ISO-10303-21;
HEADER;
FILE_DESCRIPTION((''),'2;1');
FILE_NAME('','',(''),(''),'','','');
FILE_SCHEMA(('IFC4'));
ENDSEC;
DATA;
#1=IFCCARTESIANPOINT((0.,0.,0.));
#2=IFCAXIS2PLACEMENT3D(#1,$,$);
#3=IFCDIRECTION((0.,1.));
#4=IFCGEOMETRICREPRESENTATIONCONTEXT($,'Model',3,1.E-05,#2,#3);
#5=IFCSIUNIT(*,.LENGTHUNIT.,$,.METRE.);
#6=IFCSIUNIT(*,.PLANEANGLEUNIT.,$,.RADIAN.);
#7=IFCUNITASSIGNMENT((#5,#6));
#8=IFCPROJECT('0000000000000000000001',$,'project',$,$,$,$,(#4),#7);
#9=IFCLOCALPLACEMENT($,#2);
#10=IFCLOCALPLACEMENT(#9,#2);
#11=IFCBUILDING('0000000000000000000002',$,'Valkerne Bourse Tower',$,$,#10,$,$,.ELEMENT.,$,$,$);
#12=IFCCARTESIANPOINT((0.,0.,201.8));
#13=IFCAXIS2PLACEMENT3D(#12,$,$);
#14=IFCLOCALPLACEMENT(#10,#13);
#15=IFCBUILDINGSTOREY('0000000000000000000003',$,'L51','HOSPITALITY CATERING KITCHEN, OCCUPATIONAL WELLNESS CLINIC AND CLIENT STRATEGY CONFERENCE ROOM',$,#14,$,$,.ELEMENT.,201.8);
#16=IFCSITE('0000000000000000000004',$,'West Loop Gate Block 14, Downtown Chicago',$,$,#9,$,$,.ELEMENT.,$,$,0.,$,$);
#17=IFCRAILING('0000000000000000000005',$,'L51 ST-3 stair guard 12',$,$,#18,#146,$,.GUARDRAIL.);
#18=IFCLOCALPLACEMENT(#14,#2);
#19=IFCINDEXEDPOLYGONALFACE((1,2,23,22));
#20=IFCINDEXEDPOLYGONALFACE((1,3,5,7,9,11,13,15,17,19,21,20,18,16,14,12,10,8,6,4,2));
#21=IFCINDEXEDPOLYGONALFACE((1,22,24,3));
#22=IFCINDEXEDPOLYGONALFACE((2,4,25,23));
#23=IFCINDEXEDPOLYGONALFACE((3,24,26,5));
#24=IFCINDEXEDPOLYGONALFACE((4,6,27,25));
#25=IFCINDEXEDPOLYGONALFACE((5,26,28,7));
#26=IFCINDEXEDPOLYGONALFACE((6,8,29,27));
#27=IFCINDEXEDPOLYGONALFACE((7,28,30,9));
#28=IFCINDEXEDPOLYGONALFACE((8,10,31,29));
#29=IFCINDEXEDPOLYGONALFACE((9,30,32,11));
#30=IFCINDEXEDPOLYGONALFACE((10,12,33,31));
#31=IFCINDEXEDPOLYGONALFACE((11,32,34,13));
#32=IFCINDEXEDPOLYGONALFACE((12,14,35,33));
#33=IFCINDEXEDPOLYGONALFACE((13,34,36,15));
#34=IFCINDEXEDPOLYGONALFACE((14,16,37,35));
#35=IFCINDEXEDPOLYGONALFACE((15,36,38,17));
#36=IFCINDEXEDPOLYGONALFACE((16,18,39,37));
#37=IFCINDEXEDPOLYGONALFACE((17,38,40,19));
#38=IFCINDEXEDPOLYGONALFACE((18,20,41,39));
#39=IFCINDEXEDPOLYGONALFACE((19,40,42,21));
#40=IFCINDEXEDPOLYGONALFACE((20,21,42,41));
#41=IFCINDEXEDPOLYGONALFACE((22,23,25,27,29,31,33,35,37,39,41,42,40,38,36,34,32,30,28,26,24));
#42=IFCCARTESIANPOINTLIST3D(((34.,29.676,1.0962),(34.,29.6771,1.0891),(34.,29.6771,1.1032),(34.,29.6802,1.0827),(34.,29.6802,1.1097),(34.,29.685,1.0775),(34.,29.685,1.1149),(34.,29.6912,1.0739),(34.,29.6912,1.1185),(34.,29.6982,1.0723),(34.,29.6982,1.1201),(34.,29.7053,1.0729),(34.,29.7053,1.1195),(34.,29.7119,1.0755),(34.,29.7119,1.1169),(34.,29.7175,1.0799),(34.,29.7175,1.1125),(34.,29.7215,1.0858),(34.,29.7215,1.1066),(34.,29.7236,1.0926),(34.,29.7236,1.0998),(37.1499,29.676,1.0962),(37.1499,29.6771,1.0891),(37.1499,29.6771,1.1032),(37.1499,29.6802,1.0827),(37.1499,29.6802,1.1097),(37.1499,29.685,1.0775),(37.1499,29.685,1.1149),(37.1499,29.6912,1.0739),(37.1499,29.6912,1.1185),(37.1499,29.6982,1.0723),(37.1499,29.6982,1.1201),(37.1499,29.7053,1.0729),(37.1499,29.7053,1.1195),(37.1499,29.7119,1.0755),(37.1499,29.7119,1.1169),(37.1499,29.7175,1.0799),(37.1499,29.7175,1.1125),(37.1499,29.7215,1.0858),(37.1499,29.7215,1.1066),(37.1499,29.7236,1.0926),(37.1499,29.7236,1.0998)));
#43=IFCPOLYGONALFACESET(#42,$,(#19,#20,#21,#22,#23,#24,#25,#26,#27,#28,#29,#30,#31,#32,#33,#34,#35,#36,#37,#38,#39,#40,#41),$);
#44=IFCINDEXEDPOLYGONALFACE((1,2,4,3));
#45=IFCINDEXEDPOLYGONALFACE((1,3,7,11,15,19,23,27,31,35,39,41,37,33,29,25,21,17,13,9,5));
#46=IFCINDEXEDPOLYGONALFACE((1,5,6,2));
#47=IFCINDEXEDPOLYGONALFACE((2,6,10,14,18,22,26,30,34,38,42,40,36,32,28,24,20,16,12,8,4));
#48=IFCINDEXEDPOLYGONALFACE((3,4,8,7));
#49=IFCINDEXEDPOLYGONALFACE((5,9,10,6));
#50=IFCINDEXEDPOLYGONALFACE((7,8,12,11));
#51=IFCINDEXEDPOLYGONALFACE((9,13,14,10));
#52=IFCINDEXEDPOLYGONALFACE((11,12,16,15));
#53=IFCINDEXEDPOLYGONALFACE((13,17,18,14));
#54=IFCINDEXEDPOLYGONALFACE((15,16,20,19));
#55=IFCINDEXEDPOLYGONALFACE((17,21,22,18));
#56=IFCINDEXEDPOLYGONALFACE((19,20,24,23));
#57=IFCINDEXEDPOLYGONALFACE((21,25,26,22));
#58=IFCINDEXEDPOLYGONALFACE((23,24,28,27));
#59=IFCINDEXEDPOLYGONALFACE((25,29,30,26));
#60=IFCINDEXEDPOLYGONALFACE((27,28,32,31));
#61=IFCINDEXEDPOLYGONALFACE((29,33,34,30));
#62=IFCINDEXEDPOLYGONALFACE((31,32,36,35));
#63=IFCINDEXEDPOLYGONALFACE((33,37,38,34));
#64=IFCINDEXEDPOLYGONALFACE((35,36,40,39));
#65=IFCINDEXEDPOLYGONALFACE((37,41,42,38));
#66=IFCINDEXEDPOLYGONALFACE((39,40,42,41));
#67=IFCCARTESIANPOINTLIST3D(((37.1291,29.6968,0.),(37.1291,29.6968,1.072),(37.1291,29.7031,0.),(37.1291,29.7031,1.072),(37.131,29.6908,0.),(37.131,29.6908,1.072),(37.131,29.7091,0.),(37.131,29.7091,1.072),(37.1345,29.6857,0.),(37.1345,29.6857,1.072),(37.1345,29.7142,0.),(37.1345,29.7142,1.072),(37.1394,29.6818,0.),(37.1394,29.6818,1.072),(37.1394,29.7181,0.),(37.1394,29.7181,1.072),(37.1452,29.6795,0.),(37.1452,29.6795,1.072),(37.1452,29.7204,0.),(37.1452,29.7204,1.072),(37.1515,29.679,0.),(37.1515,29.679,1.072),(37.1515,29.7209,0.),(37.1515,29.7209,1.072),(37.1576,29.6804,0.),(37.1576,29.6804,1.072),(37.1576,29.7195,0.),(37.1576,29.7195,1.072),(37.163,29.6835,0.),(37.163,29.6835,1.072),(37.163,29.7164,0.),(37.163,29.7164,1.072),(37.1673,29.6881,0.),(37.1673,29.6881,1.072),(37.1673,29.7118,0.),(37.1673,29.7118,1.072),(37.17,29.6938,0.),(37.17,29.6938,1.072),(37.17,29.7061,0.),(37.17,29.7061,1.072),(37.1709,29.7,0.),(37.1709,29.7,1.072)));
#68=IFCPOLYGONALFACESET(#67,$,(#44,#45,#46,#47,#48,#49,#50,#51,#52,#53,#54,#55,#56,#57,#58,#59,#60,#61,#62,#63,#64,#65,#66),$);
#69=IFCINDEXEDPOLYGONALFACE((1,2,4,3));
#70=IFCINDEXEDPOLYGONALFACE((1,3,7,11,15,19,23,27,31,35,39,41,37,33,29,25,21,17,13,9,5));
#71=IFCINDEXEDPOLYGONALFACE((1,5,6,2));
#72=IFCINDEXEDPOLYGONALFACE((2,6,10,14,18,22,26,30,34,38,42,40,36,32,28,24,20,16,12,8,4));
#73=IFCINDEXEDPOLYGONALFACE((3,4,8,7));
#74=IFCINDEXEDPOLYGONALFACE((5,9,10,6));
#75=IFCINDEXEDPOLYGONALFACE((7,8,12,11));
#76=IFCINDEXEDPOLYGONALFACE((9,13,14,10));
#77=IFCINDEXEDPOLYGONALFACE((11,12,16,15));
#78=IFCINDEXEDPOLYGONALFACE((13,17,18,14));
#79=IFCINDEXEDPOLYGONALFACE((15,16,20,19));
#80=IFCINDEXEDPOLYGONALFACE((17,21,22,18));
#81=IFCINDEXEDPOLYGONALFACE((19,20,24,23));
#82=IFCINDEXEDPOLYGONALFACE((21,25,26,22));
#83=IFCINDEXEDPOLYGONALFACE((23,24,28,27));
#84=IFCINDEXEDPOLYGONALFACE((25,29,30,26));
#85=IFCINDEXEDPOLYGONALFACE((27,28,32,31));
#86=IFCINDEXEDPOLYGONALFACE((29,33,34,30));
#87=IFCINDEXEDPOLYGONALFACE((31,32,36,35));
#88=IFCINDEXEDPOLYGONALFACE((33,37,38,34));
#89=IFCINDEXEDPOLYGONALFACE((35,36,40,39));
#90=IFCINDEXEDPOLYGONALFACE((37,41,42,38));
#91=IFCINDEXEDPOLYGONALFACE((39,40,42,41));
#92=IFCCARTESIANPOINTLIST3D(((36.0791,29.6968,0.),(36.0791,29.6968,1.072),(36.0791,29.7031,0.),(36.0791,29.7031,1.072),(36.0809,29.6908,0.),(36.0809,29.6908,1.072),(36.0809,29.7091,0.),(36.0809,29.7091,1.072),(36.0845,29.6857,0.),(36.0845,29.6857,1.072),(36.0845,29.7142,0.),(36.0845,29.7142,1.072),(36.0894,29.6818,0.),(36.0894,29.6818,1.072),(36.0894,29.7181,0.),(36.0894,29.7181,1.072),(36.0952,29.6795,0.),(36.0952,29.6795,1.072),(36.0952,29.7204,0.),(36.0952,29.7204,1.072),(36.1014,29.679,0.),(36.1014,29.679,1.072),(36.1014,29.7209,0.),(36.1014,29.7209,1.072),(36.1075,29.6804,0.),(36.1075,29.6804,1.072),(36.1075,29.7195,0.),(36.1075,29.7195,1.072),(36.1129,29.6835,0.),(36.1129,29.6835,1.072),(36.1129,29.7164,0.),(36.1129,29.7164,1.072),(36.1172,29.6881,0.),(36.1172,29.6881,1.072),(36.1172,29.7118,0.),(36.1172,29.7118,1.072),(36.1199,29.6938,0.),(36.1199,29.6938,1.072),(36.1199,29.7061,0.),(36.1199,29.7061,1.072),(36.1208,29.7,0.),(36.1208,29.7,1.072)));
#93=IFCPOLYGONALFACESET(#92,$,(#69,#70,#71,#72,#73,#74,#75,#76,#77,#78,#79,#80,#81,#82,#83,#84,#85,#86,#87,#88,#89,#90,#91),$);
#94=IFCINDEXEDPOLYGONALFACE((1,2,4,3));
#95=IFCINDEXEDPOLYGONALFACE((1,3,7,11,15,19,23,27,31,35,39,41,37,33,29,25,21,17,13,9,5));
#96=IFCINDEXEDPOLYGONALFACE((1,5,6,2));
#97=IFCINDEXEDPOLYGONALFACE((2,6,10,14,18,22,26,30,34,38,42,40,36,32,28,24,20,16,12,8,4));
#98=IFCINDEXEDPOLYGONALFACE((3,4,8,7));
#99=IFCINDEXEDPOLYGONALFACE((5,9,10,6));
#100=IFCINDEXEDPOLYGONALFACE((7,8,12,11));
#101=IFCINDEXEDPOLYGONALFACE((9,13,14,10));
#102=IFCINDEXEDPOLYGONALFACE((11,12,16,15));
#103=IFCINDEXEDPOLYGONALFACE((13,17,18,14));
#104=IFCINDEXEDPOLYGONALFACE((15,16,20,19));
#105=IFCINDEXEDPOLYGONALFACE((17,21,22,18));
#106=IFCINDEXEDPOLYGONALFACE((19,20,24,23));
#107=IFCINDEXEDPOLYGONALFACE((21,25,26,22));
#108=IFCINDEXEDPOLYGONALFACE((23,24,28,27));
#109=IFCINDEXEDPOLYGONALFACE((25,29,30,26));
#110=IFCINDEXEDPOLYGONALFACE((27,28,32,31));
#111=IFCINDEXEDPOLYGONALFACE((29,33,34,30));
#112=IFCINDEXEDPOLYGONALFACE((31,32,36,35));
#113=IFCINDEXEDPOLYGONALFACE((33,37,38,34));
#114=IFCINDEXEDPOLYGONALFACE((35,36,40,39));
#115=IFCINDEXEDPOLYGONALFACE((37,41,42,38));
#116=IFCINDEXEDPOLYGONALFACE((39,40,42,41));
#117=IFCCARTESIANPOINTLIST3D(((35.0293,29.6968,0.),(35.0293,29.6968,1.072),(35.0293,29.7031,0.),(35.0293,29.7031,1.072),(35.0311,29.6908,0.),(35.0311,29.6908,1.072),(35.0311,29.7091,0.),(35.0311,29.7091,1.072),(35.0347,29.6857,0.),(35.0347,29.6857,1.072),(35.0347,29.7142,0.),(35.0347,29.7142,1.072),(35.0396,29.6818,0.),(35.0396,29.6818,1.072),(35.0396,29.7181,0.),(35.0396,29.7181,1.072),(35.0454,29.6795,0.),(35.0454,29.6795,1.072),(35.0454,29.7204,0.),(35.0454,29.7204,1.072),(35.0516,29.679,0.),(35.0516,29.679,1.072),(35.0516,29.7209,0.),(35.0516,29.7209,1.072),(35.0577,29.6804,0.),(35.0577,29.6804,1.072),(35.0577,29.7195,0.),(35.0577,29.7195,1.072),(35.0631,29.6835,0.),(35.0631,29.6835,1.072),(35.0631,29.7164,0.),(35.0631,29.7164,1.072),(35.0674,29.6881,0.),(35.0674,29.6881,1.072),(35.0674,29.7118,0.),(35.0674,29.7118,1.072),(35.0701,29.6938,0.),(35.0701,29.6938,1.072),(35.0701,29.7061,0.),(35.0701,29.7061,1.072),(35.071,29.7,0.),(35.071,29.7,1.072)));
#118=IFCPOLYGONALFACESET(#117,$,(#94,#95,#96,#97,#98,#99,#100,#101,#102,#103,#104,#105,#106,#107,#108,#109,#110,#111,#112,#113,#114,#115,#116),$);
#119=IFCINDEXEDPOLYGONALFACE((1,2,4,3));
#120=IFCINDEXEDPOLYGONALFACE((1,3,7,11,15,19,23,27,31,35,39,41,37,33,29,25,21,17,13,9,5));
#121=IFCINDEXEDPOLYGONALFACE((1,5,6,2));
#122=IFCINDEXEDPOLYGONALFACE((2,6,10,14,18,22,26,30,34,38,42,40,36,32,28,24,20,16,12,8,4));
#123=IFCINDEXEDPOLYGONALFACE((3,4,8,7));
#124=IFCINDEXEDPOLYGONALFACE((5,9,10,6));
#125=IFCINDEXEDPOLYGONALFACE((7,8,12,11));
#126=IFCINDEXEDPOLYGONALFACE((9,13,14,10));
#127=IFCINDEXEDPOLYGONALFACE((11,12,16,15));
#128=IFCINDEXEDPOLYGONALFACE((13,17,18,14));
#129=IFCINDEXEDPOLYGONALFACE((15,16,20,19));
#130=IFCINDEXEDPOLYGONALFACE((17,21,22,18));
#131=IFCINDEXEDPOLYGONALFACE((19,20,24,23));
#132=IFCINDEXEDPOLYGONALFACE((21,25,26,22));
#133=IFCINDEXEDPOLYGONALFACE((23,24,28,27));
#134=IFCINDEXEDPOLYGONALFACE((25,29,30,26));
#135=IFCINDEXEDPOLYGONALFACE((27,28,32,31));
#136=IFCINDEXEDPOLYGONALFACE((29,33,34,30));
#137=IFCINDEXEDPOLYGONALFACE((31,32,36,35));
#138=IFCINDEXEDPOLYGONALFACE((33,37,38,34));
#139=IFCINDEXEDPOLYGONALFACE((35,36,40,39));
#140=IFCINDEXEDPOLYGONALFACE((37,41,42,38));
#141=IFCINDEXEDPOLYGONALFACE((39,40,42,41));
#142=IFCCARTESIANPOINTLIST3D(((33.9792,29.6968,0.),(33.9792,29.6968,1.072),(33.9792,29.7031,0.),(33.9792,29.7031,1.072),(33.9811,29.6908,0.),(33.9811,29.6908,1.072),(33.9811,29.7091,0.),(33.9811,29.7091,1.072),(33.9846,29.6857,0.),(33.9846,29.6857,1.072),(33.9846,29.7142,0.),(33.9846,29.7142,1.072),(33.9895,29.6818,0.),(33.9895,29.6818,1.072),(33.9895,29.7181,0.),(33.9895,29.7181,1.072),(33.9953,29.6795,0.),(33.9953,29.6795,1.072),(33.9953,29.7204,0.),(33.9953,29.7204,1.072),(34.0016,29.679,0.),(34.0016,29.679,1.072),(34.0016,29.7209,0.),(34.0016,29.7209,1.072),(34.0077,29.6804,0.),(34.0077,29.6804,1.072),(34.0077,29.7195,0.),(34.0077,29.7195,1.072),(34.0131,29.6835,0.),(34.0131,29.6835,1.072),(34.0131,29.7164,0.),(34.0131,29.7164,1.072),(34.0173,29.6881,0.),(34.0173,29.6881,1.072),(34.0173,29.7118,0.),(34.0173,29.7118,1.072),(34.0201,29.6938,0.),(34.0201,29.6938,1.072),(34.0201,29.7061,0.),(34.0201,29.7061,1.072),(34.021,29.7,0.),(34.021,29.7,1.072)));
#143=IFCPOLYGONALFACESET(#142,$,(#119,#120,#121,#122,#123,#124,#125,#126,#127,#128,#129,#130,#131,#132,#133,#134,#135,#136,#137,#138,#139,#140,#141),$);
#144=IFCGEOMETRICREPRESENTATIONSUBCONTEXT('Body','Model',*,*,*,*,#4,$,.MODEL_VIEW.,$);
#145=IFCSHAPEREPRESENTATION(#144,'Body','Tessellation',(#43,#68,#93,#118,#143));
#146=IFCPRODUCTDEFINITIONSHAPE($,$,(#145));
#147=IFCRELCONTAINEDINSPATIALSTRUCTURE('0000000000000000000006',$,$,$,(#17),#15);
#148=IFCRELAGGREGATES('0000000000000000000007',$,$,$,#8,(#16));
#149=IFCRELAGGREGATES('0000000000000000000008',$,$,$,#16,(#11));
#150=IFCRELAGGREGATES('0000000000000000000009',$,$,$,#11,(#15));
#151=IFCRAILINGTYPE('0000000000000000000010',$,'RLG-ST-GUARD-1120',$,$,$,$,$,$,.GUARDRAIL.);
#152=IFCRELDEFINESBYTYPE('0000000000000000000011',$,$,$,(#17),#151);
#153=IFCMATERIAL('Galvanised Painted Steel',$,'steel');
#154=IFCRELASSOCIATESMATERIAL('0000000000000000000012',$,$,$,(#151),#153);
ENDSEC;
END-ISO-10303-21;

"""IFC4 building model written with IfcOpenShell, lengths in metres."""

from ifc_helpers import new_model, si_unit, direction, frame, origin, origin_2d, place, context, subcontext, project, spatial, circle, extrude, material, type_object, element, save


model = new_model("IFC4")

# Units and contexts
model_context = context("Model", 3, precision=1e-05, world=origin(), true_north=direction((0.0, 1.0)))
body_context = subcontext(model_context, "Body", "Model", "MODEL_VIEW")
ifc_project = project(units=[si_unit("LENGTHUNIT", "METRE"), si_unit("PLANEANGLEUNIT", "RADIAN")], contexts=[model_context])

# Site, building, storey
site_placement = place(None, origin())
site = spatial("IfcSite", under=ifc_project, at=site_placement, Name="West Loop Gate Block 14, Downtown Chicago", CompositionType="ELEMENT", RefElevation=0.0)
building_placement = place(site_placement, origin())
building = spatial("IfcBuilding", under=site, at=building_placement, Name="Valkerne Bourse Tower", CompositionType="ELEMENT")
storey_placement = place(building_placement, frame((0.0, 0.0, 201.8)))
storey = spatial("IfcBuildingStorey", under=building, at=storey_placement, Name="L51", Description="HOSPITALITY CATERING KITCHEN, OCCUPATIONAL WELLNESS CLINIC AND CLIENT STRATEGY CONFERENCE ROOM", CompositionType="ELEMENT", Elevation=201.8)

# Railing
ifc_material_1 = material(Name="Galvanised Painted Steel", Category="steel")
railing_type = type_object("IfcRailingType", Name="RLG-ST-GUARD-1120", PredefinedType="GUARDRAIL", material=ifc_material_1)
railing_1_placement = place(storey_placement, frame((37.1499, 29.7, 0.0)))
element("IfcRailing", 1, at=railing_1_placement, inside=storey, type_object=railing_type, Name="L51 ST-3 stair guard 12", PredefinedType="GUARDRAIL", context=body_context, shape_type="SweptSolid", body=[
    extrude(circle(Radius=0.0239, at=origin_2d()), frame((0.0, 0.0, 1.0962), z_axis=(-1.0, 0.0, 0.0), x_axis=(0.0, -1.0, 0.0)), (0.0, 0.0, 1.0), 3.1499),
    extrude(circle(Radius=0.021, at=origin_2d()), origin(), (0.0, 0.0, 1.0), 1.072),
    extrude(circle(Radius=0.021, at=origin_2d()), frame((-1.05, 0.0, 0.0)), (0.0, 0.0, 1.0), 1.072),
    extrude(circle(Radius=0.021, at=origin_2d()), frame((-2.0999, 0.0, 0.0)), (0.0, 0.0, 1.0), 1.072),
    extrude(circle(Radius=0.021, at=origin_2d()), frame((-3.1499, 0.0, 0.0)), (0.0, 0.0, 1.0), 1.072),
])

save(model, "model.ifc")
